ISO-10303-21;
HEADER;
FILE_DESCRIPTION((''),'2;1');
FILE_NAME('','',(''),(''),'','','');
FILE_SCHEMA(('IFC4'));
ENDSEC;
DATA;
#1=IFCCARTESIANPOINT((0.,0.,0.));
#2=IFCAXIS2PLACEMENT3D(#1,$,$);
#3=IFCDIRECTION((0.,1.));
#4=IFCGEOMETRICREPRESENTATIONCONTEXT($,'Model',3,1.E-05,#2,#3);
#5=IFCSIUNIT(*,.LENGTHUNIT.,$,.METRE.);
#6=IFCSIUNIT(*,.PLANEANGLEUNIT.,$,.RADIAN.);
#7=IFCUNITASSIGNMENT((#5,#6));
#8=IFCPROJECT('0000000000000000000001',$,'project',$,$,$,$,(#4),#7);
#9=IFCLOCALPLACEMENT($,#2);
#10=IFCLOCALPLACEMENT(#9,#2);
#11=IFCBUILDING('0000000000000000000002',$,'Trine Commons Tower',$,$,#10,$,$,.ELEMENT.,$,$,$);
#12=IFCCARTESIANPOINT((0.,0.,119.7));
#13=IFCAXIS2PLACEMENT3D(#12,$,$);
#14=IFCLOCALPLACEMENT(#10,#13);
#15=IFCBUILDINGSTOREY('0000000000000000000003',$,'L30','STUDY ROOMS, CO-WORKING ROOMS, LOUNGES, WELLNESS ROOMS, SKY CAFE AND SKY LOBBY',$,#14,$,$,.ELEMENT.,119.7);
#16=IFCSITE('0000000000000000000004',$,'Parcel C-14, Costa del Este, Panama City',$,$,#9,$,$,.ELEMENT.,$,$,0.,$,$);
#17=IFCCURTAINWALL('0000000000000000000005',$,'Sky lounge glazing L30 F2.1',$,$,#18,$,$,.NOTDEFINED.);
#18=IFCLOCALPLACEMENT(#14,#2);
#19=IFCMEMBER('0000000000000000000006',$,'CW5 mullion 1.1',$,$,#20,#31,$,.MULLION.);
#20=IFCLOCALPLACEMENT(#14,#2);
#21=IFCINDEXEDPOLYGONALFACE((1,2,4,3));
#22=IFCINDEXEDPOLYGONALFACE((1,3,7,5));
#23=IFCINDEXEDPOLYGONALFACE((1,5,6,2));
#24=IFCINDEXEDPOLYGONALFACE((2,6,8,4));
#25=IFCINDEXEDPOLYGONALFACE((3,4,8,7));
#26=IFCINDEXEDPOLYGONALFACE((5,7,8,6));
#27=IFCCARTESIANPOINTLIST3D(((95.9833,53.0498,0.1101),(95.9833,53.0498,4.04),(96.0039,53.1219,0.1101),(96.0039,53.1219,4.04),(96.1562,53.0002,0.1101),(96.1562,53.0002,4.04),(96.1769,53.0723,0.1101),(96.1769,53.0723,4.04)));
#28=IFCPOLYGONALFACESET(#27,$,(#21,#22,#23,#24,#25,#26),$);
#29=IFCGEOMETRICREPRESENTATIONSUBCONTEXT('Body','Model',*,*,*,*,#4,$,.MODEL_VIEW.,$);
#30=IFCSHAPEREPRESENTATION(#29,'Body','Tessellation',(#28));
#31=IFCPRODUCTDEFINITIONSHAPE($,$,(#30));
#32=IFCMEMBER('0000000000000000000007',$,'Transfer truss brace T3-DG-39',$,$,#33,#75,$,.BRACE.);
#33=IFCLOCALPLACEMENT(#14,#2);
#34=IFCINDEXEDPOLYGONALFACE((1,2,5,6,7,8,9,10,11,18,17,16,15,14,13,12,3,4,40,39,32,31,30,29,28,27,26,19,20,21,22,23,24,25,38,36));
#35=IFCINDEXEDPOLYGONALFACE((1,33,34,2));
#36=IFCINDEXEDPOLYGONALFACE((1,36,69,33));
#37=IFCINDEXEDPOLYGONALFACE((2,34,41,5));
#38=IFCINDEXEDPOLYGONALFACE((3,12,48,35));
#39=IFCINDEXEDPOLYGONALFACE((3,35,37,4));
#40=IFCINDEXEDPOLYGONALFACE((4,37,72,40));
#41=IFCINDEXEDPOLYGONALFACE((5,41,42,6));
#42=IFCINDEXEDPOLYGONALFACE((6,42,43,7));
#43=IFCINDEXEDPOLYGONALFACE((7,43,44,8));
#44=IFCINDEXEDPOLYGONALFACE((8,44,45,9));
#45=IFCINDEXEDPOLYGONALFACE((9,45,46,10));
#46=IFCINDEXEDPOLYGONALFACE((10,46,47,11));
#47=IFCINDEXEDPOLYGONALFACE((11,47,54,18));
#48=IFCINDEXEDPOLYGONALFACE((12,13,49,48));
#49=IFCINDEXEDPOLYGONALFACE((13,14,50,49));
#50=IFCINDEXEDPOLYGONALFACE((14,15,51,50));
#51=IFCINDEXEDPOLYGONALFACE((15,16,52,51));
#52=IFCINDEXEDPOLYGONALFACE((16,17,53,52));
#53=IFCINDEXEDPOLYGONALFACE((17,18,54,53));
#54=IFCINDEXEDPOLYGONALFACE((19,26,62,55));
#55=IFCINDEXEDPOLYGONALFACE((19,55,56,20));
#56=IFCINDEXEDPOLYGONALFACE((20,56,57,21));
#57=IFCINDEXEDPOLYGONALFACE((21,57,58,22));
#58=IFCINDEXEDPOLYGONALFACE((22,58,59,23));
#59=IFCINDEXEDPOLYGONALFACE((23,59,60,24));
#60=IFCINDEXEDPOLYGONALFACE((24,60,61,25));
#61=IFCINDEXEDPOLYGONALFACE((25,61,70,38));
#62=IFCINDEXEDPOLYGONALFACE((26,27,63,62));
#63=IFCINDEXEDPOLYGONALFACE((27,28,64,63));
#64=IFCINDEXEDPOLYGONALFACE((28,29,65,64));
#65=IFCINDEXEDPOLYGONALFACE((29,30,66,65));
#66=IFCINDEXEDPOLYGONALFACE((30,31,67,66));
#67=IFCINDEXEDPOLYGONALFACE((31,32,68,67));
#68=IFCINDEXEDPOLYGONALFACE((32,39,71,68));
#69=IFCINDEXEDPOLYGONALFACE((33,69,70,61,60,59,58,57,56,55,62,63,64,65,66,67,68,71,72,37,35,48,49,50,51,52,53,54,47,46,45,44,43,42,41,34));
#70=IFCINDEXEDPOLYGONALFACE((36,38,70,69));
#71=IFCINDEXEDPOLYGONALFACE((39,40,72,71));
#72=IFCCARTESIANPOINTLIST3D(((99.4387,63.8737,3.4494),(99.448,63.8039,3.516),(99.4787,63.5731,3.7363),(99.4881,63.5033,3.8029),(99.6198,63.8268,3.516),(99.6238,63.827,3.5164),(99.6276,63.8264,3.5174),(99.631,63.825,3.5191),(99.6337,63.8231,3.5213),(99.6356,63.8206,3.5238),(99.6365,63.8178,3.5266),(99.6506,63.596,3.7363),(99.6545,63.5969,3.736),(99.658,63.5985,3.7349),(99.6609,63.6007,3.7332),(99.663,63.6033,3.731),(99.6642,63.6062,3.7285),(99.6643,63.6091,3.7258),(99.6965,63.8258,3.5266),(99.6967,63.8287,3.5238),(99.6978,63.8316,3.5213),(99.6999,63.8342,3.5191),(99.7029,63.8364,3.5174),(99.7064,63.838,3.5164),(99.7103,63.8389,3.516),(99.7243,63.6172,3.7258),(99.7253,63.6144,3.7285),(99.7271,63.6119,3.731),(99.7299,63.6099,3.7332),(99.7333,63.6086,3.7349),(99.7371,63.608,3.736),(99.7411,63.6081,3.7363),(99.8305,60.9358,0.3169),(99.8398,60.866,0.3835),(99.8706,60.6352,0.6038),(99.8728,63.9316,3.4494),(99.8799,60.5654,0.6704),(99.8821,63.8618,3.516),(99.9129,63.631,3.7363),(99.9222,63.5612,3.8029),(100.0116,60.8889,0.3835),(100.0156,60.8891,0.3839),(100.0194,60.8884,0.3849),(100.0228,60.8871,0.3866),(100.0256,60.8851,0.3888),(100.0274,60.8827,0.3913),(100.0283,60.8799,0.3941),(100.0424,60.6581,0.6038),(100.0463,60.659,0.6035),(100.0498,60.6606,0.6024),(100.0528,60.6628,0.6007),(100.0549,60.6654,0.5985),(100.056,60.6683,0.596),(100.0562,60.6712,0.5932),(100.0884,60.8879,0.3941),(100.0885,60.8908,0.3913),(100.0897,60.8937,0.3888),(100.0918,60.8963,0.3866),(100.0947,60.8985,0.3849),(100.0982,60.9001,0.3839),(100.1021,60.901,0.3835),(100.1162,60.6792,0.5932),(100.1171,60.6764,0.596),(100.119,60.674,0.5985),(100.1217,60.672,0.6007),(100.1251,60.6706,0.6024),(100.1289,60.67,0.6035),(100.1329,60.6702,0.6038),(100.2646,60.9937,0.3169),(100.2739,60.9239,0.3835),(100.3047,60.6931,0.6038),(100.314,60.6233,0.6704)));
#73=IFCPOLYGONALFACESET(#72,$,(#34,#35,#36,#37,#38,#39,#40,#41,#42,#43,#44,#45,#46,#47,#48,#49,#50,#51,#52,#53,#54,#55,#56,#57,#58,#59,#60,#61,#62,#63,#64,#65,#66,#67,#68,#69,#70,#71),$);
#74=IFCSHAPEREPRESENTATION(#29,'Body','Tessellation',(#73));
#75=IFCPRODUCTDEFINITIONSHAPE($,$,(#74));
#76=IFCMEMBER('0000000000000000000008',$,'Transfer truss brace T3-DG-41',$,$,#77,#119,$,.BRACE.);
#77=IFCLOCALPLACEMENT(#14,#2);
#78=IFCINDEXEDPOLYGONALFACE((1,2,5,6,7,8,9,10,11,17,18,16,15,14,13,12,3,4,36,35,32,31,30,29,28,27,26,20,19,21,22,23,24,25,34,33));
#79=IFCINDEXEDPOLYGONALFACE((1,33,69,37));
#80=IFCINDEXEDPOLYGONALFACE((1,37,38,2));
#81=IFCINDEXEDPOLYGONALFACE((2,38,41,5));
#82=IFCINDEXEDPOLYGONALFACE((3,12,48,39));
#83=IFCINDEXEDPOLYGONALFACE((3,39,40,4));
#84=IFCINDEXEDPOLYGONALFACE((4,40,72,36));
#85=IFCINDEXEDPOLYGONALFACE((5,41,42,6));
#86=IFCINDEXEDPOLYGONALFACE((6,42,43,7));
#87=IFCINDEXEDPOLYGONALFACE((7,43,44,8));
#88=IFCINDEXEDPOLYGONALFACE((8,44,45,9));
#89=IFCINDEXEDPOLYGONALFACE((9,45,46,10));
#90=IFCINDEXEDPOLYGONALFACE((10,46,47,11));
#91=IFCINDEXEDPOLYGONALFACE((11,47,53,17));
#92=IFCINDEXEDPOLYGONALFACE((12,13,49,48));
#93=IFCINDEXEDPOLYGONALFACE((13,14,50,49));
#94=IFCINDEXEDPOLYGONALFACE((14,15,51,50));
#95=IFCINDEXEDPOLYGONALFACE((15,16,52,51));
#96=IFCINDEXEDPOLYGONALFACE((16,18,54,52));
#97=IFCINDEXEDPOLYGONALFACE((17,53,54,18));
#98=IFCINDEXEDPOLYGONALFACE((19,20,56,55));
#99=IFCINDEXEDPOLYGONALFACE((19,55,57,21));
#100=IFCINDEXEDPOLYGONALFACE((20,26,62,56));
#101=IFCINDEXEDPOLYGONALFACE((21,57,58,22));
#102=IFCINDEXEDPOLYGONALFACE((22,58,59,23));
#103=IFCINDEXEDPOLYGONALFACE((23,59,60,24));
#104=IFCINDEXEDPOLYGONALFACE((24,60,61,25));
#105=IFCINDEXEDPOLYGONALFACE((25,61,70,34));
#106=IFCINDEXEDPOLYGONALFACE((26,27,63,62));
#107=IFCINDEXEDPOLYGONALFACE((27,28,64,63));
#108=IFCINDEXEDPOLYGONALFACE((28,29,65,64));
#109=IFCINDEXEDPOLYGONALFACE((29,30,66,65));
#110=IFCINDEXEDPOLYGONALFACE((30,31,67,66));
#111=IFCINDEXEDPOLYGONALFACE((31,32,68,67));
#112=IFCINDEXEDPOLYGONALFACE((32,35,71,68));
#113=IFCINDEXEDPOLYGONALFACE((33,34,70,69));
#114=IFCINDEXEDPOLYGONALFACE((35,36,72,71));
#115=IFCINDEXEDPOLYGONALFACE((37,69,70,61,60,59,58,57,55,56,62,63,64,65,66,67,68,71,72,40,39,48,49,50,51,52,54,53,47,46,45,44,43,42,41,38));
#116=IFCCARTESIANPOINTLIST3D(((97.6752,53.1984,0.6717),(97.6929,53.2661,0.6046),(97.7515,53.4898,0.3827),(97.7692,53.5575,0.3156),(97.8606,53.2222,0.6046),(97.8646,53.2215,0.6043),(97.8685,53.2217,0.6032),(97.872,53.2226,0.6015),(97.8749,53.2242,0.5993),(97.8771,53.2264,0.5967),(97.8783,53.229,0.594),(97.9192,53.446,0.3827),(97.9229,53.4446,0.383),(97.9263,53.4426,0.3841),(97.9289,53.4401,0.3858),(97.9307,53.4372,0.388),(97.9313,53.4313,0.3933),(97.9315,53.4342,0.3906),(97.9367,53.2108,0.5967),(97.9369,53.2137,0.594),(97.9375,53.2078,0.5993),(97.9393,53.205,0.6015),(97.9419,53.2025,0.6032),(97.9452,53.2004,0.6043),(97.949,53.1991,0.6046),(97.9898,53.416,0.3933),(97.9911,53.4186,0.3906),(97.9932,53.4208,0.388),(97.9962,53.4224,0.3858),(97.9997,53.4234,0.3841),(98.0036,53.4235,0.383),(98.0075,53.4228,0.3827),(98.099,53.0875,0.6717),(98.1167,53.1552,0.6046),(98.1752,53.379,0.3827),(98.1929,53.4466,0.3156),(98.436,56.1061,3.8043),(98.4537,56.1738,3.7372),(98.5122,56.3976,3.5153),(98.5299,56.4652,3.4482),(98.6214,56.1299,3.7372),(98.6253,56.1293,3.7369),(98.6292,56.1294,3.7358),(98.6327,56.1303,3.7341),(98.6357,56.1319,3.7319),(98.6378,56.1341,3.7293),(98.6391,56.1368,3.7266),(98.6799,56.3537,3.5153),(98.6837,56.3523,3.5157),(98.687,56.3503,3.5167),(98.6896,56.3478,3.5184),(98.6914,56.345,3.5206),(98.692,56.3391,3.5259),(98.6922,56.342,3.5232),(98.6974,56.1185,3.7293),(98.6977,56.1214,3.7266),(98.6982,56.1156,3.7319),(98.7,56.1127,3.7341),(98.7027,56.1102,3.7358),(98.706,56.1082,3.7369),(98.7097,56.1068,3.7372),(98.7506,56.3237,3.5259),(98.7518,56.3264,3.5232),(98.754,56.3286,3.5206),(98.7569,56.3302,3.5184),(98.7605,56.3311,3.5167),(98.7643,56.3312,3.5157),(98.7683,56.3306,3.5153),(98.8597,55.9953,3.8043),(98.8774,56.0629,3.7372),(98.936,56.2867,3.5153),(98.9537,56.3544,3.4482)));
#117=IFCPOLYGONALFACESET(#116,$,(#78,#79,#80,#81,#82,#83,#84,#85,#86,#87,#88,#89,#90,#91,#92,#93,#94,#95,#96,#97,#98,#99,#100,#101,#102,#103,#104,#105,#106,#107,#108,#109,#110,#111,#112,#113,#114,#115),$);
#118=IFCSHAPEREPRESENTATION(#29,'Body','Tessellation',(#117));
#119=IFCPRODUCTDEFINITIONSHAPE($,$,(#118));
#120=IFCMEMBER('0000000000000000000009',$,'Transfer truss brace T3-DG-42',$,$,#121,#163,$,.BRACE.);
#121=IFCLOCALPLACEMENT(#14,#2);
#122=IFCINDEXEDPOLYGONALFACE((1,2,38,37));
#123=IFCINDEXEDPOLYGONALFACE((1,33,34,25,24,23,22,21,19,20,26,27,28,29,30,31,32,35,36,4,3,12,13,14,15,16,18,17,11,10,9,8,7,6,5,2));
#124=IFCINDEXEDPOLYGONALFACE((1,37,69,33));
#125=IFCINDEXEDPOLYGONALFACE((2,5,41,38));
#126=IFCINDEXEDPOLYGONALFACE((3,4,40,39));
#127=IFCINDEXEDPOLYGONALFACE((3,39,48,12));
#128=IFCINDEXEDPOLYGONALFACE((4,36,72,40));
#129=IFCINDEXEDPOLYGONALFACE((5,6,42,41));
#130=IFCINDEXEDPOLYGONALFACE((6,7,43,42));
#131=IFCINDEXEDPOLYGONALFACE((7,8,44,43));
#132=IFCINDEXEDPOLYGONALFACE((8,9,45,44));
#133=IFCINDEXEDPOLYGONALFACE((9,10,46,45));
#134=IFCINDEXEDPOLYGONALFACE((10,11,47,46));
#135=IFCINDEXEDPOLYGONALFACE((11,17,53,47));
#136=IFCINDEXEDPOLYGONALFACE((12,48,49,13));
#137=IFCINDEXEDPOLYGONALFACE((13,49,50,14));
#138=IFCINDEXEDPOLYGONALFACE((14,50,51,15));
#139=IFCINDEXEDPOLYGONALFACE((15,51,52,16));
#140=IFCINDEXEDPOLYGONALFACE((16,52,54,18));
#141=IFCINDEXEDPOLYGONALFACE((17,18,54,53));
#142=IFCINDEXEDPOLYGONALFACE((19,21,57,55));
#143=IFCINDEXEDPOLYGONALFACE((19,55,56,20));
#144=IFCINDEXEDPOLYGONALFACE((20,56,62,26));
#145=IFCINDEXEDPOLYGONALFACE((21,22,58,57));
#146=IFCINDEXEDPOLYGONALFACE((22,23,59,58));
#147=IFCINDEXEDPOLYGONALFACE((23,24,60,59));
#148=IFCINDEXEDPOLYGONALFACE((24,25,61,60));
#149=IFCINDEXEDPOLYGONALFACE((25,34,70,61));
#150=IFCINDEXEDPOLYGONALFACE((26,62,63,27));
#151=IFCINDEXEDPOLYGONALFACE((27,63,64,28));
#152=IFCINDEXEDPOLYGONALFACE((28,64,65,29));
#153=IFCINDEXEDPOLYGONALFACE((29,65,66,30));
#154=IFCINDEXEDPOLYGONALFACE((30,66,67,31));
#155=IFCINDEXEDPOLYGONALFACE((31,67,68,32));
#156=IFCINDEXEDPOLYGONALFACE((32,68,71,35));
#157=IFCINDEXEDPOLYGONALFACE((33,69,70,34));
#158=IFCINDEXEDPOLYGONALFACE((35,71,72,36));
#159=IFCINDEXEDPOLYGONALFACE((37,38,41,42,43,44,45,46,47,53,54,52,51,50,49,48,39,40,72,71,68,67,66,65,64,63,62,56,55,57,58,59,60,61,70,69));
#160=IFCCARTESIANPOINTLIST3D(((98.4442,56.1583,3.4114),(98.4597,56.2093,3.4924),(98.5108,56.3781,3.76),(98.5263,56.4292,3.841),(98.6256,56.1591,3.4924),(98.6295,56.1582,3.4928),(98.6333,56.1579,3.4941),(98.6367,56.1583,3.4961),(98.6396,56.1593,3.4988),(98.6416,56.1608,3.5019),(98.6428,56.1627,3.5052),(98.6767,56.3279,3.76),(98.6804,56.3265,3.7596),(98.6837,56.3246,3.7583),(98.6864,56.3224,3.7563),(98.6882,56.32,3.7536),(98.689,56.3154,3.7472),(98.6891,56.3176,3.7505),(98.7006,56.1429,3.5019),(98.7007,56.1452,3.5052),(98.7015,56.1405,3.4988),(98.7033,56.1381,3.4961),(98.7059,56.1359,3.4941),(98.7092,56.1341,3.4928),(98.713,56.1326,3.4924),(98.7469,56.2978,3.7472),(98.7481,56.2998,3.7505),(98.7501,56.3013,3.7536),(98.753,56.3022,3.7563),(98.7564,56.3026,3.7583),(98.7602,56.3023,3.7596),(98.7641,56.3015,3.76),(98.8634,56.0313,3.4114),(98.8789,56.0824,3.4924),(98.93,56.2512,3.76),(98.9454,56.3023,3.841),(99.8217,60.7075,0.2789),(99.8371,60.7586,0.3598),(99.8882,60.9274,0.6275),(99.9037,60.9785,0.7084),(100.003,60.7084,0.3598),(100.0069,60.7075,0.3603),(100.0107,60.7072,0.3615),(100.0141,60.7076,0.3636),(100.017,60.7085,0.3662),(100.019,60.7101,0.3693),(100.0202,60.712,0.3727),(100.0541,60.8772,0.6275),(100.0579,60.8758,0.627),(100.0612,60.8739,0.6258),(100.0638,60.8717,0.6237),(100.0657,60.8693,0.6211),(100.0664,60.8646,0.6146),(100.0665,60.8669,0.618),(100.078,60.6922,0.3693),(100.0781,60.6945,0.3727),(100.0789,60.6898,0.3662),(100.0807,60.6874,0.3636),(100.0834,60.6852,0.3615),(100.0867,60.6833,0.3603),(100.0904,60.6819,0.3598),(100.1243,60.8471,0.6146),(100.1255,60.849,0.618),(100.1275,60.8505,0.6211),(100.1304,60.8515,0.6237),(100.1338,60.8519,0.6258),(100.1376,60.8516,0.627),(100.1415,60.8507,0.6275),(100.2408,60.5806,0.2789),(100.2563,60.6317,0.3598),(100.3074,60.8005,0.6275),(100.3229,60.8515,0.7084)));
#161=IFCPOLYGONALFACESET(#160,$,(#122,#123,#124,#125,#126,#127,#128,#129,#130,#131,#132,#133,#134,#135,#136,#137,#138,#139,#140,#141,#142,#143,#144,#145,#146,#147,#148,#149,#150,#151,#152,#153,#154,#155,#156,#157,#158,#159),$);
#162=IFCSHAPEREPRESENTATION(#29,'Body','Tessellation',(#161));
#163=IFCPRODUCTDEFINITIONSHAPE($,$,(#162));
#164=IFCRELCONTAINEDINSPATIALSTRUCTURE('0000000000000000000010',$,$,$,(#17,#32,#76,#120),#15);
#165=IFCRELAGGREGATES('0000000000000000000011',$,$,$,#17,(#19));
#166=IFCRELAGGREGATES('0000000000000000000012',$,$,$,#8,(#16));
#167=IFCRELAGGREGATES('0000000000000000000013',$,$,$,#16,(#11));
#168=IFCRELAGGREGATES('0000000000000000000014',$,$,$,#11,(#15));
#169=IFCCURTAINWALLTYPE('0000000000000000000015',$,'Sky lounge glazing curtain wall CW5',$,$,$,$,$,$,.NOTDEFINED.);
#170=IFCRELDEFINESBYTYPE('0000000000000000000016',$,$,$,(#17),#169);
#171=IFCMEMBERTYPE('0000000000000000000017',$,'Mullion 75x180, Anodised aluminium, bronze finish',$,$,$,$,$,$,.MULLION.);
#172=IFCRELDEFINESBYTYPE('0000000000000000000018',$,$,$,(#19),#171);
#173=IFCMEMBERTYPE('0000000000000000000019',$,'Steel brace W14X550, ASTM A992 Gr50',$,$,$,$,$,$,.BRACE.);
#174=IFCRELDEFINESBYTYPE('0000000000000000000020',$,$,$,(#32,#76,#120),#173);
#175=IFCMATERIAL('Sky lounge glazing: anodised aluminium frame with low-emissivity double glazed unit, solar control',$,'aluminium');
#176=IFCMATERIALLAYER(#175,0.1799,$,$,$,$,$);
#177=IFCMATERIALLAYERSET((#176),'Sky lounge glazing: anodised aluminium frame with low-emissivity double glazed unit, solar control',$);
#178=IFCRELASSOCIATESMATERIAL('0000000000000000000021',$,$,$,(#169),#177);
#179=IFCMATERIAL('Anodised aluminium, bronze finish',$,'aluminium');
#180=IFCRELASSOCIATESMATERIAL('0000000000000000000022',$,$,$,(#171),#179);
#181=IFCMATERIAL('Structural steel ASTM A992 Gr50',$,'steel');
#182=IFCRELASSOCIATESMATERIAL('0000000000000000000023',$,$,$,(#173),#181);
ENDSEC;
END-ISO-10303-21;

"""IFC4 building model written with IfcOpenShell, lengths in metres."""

from ifc_helpers import new_model, si_unit, direction, frame, origin, origin_2d, place, context, subcontext, project, spatial, rectangle, i_section, extrude, material, layer, layer_set, material_profile, profile_set, type_object, element, aggregate, save


model = new_model("IFC4")

# Units and contexts
model_context = context("Model", 3, precision=1e-05, world=origin(), true_north=direction((0.0, 1.0)))
body_context = subcontext(model_context, "Body", "Model", "MODEL_VIEW")
ifc_project = project(units=[si_unit("LENGTHUNIT", "METRE"), si_unit("PLANEANGLEUNIT", "RADIAN")], contexts=[model_context])

# Site, building, storey
site_placement = place(None, origin())
site = spatial("IfcSite", under=ifc_project, at=site_placement, Name="Parcel C-14, Costa del Este, Panama City", CompositionType="ELEMENT", RefElevation=0.0)
building_placement = place(site_placement, origin())
building = spatial("IfcBuilding", under=site, at=building_placement, Name="Trine Commons Tower", CompositionType="ELEMENT")
storey_placement = place(building_placement, frame((0.0, 0.0, 119.7)))
storey = spatial("IfcBuildingStorey", under=building, at=storey_placement, Name="L30", Description="STUDY ROOMS, CO-WORKING ROOMS, LOUNGES, WELLNESS ROOMS, SKY CAFE AND SKY LOBBY", CompositionType="ELEMENT", Elevation=119.7)

# Curtain wall, member
ifc_material_1 = material(Name="Sky lounge glazing: anodised aluminium frame with low-emissivity double glazed unit, solar control", Category="aluminium")
ifc_layer_1 = layer(ifc_material_1, 0.1799)
ifc_layer_set_1 = layer_set([ifc_layer_1], Name="Sky lounge glazing: anodised aluminium frame with low-emissivity double glazed unit, solar control")
curtain_wall_type = type_object("IfcCurtainWallType", Name="Sky lounge glazing curtain wall CW5", PredefinedType="NOTDEFINED", material=ifc_layer_set_1)
curtain_wall_placement = place(storey_placement, origin())
curtain_wall = element("IfcCurtainWall", 1, at=curtain_wall_placement, inside=storey, type_object=curtain_wall_type, Name="Sky lounge glazing L30 F2.1", PredefinedType="NOTDEFINED")
ifc_material_2 = material(Name="Anodised aluminium, bronze finish", Category="aluminium")
ifc_material_profile_1 = material_profile(ifc_material_2, rectangle(XDim=0.1799, YDim=0.075, at=origin_2d()), Name="Mullion 75x180")
ifc_profile_set_1 = profile_set([ifc_material_profile_1], Name="Anodised aluminium, bronze finish")
member_type_1 = type_object("IfcMemberType", Name="Mullion 75x180, Anodised aluminium, bronze finish", PredefinedType="MULLION", material=ifc_profile_set_1)
member_1_placement = place(storey_placement, frame((96.0801, 53.061, 0.1101), z_axis=(0.0, 0.0, 1.0), x_axis=(0.961262, -0.275637, 0.0)))
member_1 = element("IfcMember", 2, at=member_1_placement, type_object=member_type_1, Name="CW5 mullion 1.1", PredefinedType="MULLION", context=body_context, shape_type="SweptSolid", body=[
    extrude(rectangle(XDim=0.1799, YDim=0.075, at=origin_2d()), origin(), (0.0, 0.0, 1.0), 3.9299),
])

# Members
ifc_material_3 = material(Name="Structural steel ASTM A992 Gr50", Category="steel")
ifc_material_profile_2 = material_profile(ifc_material_3, i_section(OverallWidth=0.438, OverallDepth=0.5144, WebThickness=0.0605, FlangeThickness=0.0969, FilletRadius=0.0154, at=origin_2d()), Name="W14X550")
ifc_profile_set_2 = profile_set([ifc_material_profile_2], Name="Structural steel ASTM A992 Gr50")
member_type_2 = type_object("IfcMemberType", Name="Steel brace W14X550, ASTM A992 Gr50", PredefinedType="BRACE", material=ifc_profile_set_2)
member_2_placement = place(storey_placement, frame((100.0723, 60.7795, 0.4937), z_axis=(-0.090861, 0.681261, 0.72638), x_axis=(-0.991223, -0.132201, 0.0)))
element("IfcMember", 3, at=member_2_placement, inside=storey, type_object=member_type_2, Name="Transfer truss brace T3-DG-39", PredefinedType="BRACE", context=body_context, shape_type="SweptSolid", body=[
    extrude(i_section(OverallWidth=0.438, OverallDepth=0.5144, WebThickness=0.0605, FlangeThickness=0.0969, FilletRadius=0.0154, at=origin_2d()), origin(), (0.0, 0.0, 1.0), 4.3125),
])
member_3_placement = place(storey_placement, frame((97.9341, 53.3225, 0.4937), z_axis=(0.175235, 0.669786, 0.721581), x_axis=(-0.967438, 0.25311, 0.0)))
element("IfcMember", 4, at=member_3_placement, inside=storey, type_object=member_type_2, Name="Transfer truss brace T3-DG-41", PredefinedType="BRACE", context=body_context, shape_type="SweptSolid", body=[
    extrude(i_section(OverallWidth=0.438, OverallDepth=0.5144, WebThickness=0.0605, FlangeThickness=0.0969, FilletRadius=0.0154, at=origin_2d()), origin(), (0.0, 0.0, 1.0), 4.3413),
])
member_4_placement = place(storey_placement, frame((100.0723, 60.7795, 0.4937), z_axis=(-0.241967, -0.799152, 0.55028), x_axis=(0.957091, -0.289788, 0.0)))
element("IfcMember", 5, at=member_4_placement, inside=storey, type_object=member_type_2, Name="Transfer truss brace T3-DG-42", PredefinedType="BRACE", context=body_context, shape_type="SweptSolid", body=[
    extrude(i_section(OverallWidth=0.438, OverallDepth=0.5144, WebThickness=0.0605, FlangeThickness=0.0969, FilletRadius=0.0154, at=origin_2d()), origin(), (0.0, 0.0, 1.0), 5.6926),
])

aggregate(curtain_wall, [member_1])

save(model, "model.ifc")
